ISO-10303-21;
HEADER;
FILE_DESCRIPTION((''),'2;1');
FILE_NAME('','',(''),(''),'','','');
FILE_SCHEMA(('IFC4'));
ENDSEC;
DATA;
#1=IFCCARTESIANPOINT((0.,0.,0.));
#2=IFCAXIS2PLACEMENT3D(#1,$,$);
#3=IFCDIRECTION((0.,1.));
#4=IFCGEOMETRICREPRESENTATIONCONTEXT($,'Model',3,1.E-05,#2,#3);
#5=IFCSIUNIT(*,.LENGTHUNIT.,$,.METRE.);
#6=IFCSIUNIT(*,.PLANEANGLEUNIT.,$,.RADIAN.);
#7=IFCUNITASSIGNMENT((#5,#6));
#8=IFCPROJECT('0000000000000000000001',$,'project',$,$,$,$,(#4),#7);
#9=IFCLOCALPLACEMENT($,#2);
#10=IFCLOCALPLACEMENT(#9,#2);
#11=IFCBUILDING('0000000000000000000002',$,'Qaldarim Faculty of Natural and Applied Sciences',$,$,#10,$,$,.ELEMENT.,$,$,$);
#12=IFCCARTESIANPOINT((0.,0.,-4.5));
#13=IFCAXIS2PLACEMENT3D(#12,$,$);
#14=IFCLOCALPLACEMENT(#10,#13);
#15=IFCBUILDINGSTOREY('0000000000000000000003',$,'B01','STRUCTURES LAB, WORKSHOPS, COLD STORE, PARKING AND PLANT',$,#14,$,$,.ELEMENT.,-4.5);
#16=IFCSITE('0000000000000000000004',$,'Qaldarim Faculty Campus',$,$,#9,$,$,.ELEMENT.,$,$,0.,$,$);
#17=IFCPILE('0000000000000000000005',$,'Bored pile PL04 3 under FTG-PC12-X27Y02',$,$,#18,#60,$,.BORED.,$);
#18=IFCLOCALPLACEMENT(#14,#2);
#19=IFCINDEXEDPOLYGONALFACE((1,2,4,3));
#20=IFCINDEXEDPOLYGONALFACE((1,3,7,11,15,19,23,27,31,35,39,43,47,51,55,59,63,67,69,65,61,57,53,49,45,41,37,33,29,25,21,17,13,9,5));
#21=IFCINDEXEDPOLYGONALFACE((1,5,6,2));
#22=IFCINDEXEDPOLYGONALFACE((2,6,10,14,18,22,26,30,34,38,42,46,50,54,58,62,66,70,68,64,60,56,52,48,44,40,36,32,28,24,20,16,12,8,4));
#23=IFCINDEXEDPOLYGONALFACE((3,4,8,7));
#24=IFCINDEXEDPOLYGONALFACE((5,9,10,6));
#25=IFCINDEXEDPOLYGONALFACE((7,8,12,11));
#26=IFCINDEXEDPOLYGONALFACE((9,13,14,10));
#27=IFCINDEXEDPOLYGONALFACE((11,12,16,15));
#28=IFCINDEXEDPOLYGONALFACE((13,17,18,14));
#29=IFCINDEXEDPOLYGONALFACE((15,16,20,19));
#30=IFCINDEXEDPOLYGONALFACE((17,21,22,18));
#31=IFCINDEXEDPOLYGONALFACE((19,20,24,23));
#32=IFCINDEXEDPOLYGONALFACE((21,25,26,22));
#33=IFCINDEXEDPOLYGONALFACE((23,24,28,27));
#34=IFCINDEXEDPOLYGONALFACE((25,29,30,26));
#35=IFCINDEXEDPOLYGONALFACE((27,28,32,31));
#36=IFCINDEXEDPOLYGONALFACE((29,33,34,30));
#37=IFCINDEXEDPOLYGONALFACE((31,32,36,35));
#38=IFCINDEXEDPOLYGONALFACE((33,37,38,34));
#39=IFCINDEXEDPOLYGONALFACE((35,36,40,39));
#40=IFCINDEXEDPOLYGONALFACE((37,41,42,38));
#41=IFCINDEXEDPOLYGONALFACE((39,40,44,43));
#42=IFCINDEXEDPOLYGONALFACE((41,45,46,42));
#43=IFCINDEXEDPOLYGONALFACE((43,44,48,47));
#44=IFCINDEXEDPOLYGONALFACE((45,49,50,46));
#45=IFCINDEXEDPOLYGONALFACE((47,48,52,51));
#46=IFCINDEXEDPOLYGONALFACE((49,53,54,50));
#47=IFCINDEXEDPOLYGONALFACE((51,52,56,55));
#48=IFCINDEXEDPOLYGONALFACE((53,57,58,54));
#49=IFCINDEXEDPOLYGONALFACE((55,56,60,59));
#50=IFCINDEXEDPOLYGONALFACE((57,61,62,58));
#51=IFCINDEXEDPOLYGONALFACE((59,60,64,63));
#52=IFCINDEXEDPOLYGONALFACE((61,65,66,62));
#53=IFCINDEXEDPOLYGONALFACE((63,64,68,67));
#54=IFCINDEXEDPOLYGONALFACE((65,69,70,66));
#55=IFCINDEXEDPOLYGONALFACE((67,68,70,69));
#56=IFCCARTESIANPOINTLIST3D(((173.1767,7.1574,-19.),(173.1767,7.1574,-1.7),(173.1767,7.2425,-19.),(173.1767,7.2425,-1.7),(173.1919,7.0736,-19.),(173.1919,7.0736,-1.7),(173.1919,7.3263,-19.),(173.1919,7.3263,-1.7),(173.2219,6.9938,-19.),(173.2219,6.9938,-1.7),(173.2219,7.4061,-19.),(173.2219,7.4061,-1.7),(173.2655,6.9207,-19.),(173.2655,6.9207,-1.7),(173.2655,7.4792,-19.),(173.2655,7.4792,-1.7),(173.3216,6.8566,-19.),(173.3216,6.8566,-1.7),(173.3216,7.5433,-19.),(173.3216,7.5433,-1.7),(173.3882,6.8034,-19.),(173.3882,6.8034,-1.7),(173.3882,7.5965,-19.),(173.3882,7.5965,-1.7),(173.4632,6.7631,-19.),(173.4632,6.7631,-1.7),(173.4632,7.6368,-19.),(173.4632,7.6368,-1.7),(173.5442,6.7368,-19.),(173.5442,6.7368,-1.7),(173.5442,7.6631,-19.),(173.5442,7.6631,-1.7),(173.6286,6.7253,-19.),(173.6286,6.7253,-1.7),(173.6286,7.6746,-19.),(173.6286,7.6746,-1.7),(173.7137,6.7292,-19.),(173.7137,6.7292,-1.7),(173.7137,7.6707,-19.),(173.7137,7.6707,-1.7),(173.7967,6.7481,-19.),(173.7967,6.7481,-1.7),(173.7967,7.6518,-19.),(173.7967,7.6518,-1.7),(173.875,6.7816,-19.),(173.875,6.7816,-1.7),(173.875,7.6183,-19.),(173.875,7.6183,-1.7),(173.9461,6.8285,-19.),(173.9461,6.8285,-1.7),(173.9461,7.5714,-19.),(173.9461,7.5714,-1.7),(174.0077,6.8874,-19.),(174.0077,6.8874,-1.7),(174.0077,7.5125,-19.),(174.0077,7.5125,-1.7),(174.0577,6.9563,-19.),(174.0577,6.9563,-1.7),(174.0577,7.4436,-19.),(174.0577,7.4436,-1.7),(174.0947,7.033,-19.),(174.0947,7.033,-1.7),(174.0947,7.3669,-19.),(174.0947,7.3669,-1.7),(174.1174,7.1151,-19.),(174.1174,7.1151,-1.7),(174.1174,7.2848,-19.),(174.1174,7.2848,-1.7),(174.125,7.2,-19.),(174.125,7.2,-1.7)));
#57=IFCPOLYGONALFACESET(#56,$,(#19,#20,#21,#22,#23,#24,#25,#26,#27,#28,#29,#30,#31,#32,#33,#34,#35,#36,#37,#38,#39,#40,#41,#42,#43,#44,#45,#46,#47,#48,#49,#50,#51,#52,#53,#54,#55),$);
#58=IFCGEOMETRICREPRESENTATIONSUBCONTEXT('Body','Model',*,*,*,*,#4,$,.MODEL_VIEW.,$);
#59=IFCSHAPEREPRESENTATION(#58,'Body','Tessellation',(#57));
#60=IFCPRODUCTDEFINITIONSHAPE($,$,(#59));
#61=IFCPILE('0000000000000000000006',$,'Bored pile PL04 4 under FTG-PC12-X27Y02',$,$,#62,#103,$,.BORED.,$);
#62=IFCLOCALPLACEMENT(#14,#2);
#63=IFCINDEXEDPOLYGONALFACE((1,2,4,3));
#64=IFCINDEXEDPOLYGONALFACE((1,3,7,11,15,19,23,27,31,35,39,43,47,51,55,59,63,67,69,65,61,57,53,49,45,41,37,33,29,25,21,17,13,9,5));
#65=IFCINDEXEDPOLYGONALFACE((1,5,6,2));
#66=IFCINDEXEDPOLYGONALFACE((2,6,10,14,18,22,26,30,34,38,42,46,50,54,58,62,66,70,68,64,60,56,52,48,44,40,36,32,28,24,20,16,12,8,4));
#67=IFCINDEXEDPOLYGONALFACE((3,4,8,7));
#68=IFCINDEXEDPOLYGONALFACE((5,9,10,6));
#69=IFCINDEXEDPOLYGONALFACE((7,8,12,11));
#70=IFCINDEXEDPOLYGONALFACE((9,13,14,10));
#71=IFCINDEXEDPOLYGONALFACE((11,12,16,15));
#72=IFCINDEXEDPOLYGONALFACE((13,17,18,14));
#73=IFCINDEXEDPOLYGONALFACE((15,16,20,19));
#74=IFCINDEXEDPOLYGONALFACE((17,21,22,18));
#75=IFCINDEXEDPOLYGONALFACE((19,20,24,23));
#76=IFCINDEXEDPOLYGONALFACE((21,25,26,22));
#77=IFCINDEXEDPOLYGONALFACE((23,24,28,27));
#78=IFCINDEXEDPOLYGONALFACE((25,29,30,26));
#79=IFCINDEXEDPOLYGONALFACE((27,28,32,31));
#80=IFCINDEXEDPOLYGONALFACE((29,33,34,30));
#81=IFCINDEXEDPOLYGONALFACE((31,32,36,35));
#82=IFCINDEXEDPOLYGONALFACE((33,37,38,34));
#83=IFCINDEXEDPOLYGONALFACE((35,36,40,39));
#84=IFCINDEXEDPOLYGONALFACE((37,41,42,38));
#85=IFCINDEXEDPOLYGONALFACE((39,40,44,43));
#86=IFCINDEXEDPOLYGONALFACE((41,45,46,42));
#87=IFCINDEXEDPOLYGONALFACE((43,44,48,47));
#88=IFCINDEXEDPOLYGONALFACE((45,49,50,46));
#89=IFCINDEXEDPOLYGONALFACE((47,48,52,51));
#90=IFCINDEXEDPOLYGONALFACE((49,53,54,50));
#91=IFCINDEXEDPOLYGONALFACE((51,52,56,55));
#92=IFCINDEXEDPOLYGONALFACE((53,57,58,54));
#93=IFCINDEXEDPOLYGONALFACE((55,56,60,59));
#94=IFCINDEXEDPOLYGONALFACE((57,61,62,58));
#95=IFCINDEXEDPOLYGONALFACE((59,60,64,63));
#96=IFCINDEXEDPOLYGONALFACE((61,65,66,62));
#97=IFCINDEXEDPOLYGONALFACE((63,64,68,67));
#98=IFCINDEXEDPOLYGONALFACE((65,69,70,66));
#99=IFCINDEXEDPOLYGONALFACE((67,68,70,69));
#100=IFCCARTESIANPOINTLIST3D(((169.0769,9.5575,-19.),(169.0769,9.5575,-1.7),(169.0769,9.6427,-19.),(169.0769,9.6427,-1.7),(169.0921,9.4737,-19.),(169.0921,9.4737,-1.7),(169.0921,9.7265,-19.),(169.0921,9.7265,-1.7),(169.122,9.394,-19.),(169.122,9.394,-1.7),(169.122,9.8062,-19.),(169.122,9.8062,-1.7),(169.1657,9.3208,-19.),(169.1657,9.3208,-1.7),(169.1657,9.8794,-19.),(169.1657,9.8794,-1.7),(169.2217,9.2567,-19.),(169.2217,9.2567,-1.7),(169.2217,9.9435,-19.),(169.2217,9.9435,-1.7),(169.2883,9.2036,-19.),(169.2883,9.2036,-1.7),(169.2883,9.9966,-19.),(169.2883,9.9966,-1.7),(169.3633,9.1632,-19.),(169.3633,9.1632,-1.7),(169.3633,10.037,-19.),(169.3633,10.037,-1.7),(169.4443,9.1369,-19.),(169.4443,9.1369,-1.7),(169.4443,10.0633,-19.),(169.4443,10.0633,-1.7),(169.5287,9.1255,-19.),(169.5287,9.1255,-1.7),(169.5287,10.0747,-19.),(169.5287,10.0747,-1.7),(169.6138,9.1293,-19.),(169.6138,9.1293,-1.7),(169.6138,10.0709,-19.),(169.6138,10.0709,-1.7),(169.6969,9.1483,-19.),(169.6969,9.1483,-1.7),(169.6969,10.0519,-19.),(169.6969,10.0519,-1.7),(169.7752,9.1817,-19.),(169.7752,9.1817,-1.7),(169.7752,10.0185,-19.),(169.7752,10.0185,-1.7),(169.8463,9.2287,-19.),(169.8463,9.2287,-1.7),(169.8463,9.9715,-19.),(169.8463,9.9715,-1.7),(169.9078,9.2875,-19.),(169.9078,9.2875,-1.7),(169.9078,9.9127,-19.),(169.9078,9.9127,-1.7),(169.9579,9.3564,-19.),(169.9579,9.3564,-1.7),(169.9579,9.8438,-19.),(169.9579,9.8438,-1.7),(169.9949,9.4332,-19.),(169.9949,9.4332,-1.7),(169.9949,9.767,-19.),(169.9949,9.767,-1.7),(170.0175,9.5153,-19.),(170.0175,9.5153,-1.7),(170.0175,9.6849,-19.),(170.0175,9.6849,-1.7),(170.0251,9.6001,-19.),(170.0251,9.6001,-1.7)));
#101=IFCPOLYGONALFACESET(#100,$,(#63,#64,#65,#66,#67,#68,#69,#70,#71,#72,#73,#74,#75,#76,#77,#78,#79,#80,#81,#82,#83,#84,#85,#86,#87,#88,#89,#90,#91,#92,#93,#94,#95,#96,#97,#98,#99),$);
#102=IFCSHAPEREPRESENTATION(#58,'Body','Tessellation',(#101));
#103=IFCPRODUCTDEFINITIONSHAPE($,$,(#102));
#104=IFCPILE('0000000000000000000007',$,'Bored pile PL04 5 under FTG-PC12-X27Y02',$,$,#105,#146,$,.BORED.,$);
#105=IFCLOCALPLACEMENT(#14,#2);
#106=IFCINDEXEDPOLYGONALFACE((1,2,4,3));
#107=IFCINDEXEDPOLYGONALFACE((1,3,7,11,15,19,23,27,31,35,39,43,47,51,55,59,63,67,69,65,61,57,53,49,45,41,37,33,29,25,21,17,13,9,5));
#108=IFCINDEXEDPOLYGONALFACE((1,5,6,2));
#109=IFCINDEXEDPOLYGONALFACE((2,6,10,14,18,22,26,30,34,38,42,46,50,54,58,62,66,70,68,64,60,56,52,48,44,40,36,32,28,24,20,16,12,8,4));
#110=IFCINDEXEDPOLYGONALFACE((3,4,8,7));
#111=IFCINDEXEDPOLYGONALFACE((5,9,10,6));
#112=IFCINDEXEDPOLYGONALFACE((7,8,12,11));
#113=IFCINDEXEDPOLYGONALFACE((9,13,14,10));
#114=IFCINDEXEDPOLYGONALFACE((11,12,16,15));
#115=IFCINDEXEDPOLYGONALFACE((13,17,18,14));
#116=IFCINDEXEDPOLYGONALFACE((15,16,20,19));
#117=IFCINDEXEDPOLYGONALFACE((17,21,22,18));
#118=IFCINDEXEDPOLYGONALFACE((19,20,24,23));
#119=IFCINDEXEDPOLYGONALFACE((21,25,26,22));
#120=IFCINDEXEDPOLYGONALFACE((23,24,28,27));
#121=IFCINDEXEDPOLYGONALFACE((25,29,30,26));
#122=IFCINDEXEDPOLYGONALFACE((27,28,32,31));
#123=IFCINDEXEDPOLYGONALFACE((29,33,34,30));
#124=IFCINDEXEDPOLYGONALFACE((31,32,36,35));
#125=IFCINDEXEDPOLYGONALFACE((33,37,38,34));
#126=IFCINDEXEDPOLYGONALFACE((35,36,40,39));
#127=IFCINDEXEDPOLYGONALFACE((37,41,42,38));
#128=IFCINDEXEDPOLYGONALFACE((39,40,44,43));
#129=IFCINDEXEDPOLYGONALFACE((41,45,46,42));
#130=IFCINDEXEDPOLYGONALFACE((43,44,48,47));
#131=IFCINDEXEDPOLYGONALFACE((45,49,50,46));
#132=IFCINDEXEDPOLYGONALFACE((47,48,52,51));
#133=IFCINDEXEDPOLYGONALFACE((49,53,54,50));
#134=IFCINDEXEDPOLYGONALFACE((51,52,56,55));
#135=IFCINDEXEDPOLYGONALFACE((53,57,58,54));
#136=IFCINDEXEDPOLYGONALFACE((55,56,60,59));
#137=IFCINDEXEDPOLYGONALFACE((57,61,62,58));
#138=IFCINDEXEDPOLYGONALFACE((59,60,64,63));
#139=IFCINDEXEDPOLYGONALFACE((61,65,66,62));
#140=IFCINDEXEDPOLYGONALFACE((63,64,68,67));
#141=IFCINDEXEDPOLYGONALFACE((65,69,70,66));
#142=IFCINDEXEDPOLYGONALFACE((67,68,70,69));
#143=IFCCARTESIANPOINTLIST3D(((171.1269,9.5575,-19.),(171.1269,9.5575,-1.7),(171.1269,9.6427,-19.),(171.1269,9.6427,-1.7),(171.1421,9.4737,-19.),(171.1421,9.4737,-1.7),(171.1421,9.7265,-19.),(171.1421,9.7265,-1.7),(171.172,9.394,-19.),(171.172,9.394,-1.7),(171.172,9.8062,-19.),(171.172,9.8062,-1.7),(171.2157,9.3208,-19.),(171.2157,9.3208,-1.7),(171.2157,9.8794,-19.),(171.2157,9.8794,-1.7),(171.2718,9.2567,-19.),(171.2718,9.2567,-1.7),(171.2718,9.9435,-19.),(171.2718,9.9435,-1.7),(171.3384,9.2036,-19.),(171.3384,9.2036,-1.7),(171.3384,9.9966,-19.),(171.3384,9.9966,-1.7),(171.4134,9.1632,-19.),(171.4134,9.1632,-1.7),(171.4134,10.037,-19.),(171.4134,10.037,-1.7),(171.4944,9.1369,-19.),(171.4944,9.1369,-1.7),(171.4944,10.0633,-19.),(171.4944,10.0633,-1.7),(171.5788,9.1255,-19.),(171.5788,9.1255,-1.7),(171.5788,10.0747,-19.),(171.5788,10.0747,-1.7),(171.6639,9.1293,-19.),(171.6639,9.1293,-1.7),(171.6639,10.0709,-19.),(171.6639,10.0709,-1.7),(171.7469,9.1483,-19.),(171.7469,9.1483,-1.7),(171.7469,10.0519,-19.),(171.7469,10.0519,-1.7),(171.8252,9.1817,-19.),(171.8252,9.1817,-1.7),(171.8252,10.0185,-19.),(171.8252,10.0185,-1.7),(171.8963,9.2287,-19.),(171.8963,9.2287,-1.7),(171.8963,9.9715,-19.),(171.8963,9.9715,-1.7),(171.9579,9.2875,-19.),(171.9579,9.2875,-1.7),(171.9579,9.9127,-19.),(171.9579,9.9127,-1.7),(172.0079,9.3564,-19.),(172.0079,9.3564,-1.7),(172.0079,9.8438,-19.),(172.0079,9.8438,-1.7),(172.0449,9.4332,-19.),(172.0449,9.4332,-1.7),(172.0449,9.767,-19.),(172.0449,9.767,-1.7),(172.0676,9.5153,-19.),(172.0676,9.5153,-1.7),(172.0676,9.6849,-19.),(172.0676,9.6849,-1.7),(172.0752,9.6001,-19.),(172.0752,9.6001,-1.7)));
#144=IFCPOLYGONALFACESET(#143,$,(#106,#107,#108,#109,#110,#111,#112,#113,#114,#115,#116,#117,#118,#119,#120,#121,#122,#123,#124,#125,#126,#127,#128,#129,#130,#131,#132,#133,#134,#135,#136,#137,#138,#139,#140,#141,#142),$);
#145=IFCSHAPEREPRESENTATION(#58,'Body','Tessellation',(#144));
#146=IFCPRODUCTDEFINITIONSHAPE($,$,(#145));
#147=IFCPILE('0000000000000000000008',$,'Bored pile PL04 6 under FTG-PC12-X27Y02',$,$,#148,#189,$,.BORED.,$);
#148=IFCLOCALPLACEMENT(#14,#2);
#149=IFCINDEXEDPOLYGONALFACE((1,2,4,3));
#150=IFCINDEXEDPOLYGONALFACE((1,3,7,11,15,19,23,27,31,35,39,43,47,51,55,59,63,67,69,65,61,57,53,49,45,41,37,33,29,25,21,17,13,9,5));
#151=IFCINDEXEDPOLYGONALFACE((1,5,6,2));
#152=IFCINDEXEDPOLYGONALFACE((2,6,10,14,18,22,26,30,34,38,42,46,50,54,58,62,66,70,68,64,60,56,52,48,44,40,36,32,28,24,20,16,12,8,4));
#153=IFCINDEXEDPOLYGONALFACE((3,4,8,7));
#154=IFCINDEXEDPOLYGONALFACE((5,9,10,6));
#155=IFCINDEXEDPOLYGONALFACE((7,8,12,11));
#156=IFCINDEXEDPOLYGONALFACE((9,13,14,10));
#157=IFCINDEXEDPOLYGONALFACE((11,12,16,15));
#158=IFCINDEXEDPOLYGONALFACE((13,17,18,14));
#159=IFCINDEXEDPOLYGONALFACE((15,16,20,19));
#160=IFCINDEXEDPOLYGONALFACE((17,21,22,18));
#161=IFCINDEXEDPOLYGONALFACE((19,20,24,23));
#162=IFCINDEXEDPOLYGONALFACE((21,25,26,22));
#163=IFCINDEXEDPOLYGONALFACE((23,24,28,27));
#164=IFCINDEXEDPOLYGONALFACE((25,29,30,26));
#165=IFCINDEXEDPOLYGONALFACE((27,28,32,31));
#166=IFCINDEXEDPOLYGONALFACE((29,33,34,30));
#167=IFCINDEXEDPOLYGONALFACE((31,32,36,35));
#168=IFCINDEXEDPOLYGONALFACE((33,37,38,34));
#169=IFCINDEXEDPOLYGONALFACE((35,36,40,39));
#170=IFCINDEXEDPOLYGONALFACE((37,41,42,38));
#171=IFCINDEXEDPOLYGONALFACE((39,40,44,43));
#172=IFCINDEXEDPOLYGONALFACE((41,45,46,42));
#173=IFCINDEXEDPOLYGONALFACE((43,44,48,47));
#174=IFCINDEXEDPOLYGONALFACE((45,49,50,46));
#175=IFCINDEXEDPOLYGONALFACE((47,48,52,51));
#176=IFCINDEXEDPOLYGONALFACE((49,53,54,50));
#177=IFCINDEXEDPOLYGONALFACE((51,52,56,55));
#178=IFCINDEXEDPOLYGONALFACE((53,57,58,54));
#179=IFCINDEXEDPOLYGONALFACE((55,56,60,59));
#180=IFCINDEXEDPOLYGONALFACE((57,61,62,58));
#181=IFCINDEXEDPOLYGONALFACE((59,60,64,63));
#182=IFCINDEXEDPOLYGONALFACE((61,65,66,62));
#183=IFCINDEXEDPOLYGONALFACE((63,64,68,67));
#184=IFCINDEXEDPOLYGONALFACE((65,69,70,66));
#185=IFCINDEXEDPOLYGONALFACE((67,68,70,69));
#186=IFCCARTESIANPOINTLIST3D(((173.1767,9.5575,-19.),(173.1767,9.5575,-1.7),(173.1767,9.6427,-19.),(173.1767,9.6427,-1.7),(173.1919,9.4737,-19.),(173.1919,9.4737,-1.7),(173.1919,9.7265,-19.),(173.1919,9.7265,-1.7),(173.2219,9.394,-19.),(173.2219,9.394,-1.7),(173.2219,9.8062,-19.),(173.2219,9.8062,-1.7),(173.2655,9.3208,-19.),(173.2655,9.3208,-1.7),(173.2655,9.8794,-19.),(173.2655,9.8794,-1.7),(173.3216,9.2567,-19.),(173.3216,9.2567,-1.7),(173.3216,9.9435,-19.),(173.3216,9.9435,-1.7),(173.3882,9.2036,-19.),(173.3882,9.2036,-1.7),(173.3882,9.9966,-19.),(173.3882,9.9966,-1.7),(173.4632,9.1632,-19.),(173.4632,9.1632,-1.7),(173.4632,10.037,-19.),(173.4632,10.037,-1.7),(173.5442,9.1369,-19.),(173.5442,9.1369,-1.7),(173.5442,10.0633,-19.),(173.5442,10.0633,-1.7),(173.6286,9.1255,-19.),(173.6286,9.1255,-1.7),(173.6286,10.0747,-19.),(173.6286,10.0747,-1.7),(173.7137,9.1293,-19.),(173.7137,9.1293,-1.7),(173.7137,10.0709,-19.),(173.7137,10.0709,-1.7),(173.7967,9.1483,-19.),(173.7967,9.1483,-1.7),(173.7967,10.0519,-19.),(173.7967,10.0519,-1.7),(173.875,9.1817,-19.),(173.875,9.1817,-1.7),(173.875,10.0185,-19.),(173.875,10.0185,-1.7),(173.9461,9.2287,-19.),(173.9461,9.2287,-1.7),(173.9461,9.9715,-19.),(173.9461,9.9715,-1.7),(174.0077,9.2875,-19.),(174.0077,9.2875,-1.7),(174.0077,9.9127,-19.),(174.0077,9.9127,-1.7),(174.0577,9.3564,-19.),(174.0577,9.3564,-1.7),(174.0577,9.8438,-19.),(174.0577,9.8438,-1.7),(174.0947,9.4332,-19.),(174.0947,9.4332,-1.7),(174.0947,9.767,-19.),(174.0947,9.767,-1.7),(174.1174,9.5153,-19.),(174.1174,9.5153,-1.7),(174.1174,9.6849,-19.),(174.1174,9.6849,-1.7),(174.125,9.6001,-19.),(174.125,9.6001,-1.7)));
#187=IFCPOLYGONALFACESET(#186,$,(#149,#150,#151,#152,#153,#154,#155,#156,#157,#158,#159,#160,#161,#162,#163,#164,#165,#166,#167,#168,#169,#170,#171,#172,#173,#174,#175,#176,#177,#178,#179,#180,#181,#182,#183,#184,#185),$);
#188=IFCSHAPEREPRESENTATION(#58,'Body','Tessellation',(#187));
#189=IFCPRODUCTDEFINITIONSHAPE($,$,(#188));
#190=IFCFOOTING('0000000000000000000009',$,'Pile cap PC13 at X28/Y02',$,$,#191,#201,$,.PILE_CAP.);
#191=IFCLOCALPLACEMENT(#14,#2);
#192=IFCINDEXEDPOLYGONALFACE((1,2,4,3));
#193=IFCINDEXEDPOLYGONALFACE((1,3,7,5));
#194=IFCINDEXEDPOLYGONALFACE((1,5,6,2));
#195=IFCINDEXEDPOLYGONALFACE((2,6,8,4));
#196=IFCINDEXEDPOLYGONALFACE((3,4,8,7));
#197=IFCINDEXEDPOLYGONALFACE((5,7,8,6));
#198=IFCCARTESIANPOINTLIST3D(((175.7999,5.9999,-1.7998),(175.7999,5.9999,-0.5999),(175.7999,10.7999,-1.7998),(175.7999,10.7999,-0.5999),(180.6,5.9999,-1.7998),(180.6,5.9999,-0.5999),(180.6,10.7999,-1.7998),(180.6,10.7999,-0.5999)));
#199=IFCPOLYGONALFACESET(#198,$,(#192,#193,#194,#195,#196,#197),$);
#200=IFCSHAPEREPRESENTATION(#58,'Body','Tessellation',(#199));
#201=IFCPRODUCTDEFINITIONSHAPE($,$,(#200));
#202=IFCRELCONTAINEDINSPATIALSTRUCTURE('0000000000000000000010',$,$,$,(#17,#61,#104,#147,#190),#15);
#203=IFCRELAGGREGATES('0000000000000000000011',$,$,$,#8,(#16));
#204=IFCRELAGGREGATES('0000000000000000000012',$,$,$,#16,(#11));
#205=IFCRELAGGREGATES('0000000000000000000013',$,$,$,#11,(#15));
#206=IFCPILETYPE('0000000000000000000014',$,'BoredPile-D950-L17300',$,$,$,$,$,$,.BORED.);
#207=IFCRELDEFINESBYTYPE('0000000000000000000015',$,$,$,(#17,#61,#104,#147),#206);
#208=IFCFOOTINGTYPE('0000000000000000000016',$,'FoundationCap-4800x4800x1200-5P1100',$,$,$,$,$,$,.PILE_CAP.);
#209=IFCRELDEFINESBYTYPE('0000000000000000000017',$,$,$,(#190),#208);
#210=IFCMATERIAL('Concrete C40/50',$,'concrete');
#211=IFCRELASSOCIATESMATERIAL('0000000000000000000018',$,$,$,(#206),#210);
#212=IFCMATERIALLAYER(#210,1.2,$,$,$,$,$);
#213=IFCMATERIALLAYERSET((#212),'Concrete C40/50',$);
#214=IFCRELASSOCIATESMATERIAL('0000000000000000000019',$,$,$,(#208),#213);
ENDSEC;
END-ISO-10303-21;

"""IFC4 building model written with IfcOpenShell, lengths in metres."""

from ifc_helpers import new_model, si_unit, direction, frame, origin, origin_2d, place, context, subcontext, project, spatial, rectangle, circle, extrude, material, layer, layer_set, material_profile, profile_set, type_object, element, save


model = new_model("IFC4")

# Units and contexts
model_context = context("Model", 3, precision=1e-05, world=origin(), true_north=direction((0.0, 1.0)))
body_context = subcontext(model_context, "Body", "Model", "MODEL_VIEW")
ifc_project = project(units=[si_unit("LENGTHUNIT", "METRE"), si_unit("PLANEANGLEUNIT", "RADIAN")], contexts=[model_context])

# Site, building, storey
site_placement = place(None, origin())
site = spatial("IfcSite", under=ifc_project, at=site_placement, Name="Qaldarim Faculty Campus", CompositionType="ELEMENT", RefElevation=0.0)
building_placement = place(site_placement, origin())
building = spatial("IfcBuilding", under=site, at=building_placement, Name="Qaldarim Faculty of Natural and Applied Sciences", CompositionType="ELEMENT")
storey_placement = place(building_placement, frame((0.0, 0.0, -4.5)))
storey = spatial("IfcBuildingStorey", under=building, at=storey_placement, Name="B01", Description="STRUCTURES LAB, WORKSHOPS, COLD STORE, PARKING AND PLANT", CompositionType="ELEMENT", Elevation=-4.5)

# Piles
ifc_material_1 = material(Name="Concrete C40/50", Category="concrete")
ifc_material_profile_1 = material_profile(ifc_material_1, circle(Radius=0.4751, at=origin_2d()), Name="PILE-D950")
ifc_profile_set_1 = profile_set([ifc_material_profile_1], Name="Concrete C40/50")
pile_type_1 = type_object("IfcPileType", Name="BoredPile-D950-L17300", PredefinedType="BORED", material=ifc_profile_set_1)
for number, where, z_axis, x_axis, name in (
    (1, (173.6499, 7.2, -1.7), (0.0, 0.0, -1.0), (1.0, 0.0, 0.0), "Bored pile PL04 3 under FTG-PC12-X27Y02"),
    (2, (169.55, 9.6001, -1.7), (0.0, 0.0, -1.0), (1.0, 0.0, 0.0), "Bored pile PL04 4 under FTG-PC12-X27Y02"),
    (3, (171.6001, 9.6001, -1.7), (0.0, 0.0, -1.0), (1.0, 0.0, 0.0), "Bored pile PL04 5 under FTG-PC12-X27Y02"),
    (4, (173.6499, 9.6001, -1.7), (0.0, 0.0, -1.0), (1.0, 0.0, 0.0), "Bored pile PL04 6 under FTG-PC12-X27Y02"),
):
    element("IfcPile", number, at=place(storey_placement, frame(where, z_axis=z_axis, x_axis=x_axis)), inside=storey, type_object=pile_type_1, Name=name, PredefinedType="BORED", context=body_context, shape_type="SweptSolid", body=[
        extrude(circle(Radius=0.4751, at=origin_2d()), origin(), (0.0, 0.0, 1.0), 17.3),
    ])

# Footing
ifc_layer_1 = layer(ifc_material_1, 1.2)
ifc_layer_set_1 = layer_set([ifc_layer_1], Name="Concrete C40/50")
footing_type_1 = type_object("IfcFootingType", Name="FoundationCap-4800x4800x1200-5P1100", PredefinedType="PILE_CAP", material=ifc_layer_set_1)
footing_1_placement = place(storey_placement, frame((178.2, 8.3999, -1.7998), z_axis=(0.0, 0.0, 1.0), x_axis=(1.0, 0.0, 0.0)))
element("IfcFooting", 5, at=footing_1_placement, inside=storey, type_object=footing_type_1, Name="Pile cap PC13 at X28/Y02", PredefinedType="PILE_CAP", context=body_context, shape_type="SweptSolid", body=[
    extrude(rectangle(XDim=4.8, YDim=4.8, at=origin_2d()), origin(), (0.0, 0.0, 1.0), 1.2),
])

save(model, "model.ifc")
